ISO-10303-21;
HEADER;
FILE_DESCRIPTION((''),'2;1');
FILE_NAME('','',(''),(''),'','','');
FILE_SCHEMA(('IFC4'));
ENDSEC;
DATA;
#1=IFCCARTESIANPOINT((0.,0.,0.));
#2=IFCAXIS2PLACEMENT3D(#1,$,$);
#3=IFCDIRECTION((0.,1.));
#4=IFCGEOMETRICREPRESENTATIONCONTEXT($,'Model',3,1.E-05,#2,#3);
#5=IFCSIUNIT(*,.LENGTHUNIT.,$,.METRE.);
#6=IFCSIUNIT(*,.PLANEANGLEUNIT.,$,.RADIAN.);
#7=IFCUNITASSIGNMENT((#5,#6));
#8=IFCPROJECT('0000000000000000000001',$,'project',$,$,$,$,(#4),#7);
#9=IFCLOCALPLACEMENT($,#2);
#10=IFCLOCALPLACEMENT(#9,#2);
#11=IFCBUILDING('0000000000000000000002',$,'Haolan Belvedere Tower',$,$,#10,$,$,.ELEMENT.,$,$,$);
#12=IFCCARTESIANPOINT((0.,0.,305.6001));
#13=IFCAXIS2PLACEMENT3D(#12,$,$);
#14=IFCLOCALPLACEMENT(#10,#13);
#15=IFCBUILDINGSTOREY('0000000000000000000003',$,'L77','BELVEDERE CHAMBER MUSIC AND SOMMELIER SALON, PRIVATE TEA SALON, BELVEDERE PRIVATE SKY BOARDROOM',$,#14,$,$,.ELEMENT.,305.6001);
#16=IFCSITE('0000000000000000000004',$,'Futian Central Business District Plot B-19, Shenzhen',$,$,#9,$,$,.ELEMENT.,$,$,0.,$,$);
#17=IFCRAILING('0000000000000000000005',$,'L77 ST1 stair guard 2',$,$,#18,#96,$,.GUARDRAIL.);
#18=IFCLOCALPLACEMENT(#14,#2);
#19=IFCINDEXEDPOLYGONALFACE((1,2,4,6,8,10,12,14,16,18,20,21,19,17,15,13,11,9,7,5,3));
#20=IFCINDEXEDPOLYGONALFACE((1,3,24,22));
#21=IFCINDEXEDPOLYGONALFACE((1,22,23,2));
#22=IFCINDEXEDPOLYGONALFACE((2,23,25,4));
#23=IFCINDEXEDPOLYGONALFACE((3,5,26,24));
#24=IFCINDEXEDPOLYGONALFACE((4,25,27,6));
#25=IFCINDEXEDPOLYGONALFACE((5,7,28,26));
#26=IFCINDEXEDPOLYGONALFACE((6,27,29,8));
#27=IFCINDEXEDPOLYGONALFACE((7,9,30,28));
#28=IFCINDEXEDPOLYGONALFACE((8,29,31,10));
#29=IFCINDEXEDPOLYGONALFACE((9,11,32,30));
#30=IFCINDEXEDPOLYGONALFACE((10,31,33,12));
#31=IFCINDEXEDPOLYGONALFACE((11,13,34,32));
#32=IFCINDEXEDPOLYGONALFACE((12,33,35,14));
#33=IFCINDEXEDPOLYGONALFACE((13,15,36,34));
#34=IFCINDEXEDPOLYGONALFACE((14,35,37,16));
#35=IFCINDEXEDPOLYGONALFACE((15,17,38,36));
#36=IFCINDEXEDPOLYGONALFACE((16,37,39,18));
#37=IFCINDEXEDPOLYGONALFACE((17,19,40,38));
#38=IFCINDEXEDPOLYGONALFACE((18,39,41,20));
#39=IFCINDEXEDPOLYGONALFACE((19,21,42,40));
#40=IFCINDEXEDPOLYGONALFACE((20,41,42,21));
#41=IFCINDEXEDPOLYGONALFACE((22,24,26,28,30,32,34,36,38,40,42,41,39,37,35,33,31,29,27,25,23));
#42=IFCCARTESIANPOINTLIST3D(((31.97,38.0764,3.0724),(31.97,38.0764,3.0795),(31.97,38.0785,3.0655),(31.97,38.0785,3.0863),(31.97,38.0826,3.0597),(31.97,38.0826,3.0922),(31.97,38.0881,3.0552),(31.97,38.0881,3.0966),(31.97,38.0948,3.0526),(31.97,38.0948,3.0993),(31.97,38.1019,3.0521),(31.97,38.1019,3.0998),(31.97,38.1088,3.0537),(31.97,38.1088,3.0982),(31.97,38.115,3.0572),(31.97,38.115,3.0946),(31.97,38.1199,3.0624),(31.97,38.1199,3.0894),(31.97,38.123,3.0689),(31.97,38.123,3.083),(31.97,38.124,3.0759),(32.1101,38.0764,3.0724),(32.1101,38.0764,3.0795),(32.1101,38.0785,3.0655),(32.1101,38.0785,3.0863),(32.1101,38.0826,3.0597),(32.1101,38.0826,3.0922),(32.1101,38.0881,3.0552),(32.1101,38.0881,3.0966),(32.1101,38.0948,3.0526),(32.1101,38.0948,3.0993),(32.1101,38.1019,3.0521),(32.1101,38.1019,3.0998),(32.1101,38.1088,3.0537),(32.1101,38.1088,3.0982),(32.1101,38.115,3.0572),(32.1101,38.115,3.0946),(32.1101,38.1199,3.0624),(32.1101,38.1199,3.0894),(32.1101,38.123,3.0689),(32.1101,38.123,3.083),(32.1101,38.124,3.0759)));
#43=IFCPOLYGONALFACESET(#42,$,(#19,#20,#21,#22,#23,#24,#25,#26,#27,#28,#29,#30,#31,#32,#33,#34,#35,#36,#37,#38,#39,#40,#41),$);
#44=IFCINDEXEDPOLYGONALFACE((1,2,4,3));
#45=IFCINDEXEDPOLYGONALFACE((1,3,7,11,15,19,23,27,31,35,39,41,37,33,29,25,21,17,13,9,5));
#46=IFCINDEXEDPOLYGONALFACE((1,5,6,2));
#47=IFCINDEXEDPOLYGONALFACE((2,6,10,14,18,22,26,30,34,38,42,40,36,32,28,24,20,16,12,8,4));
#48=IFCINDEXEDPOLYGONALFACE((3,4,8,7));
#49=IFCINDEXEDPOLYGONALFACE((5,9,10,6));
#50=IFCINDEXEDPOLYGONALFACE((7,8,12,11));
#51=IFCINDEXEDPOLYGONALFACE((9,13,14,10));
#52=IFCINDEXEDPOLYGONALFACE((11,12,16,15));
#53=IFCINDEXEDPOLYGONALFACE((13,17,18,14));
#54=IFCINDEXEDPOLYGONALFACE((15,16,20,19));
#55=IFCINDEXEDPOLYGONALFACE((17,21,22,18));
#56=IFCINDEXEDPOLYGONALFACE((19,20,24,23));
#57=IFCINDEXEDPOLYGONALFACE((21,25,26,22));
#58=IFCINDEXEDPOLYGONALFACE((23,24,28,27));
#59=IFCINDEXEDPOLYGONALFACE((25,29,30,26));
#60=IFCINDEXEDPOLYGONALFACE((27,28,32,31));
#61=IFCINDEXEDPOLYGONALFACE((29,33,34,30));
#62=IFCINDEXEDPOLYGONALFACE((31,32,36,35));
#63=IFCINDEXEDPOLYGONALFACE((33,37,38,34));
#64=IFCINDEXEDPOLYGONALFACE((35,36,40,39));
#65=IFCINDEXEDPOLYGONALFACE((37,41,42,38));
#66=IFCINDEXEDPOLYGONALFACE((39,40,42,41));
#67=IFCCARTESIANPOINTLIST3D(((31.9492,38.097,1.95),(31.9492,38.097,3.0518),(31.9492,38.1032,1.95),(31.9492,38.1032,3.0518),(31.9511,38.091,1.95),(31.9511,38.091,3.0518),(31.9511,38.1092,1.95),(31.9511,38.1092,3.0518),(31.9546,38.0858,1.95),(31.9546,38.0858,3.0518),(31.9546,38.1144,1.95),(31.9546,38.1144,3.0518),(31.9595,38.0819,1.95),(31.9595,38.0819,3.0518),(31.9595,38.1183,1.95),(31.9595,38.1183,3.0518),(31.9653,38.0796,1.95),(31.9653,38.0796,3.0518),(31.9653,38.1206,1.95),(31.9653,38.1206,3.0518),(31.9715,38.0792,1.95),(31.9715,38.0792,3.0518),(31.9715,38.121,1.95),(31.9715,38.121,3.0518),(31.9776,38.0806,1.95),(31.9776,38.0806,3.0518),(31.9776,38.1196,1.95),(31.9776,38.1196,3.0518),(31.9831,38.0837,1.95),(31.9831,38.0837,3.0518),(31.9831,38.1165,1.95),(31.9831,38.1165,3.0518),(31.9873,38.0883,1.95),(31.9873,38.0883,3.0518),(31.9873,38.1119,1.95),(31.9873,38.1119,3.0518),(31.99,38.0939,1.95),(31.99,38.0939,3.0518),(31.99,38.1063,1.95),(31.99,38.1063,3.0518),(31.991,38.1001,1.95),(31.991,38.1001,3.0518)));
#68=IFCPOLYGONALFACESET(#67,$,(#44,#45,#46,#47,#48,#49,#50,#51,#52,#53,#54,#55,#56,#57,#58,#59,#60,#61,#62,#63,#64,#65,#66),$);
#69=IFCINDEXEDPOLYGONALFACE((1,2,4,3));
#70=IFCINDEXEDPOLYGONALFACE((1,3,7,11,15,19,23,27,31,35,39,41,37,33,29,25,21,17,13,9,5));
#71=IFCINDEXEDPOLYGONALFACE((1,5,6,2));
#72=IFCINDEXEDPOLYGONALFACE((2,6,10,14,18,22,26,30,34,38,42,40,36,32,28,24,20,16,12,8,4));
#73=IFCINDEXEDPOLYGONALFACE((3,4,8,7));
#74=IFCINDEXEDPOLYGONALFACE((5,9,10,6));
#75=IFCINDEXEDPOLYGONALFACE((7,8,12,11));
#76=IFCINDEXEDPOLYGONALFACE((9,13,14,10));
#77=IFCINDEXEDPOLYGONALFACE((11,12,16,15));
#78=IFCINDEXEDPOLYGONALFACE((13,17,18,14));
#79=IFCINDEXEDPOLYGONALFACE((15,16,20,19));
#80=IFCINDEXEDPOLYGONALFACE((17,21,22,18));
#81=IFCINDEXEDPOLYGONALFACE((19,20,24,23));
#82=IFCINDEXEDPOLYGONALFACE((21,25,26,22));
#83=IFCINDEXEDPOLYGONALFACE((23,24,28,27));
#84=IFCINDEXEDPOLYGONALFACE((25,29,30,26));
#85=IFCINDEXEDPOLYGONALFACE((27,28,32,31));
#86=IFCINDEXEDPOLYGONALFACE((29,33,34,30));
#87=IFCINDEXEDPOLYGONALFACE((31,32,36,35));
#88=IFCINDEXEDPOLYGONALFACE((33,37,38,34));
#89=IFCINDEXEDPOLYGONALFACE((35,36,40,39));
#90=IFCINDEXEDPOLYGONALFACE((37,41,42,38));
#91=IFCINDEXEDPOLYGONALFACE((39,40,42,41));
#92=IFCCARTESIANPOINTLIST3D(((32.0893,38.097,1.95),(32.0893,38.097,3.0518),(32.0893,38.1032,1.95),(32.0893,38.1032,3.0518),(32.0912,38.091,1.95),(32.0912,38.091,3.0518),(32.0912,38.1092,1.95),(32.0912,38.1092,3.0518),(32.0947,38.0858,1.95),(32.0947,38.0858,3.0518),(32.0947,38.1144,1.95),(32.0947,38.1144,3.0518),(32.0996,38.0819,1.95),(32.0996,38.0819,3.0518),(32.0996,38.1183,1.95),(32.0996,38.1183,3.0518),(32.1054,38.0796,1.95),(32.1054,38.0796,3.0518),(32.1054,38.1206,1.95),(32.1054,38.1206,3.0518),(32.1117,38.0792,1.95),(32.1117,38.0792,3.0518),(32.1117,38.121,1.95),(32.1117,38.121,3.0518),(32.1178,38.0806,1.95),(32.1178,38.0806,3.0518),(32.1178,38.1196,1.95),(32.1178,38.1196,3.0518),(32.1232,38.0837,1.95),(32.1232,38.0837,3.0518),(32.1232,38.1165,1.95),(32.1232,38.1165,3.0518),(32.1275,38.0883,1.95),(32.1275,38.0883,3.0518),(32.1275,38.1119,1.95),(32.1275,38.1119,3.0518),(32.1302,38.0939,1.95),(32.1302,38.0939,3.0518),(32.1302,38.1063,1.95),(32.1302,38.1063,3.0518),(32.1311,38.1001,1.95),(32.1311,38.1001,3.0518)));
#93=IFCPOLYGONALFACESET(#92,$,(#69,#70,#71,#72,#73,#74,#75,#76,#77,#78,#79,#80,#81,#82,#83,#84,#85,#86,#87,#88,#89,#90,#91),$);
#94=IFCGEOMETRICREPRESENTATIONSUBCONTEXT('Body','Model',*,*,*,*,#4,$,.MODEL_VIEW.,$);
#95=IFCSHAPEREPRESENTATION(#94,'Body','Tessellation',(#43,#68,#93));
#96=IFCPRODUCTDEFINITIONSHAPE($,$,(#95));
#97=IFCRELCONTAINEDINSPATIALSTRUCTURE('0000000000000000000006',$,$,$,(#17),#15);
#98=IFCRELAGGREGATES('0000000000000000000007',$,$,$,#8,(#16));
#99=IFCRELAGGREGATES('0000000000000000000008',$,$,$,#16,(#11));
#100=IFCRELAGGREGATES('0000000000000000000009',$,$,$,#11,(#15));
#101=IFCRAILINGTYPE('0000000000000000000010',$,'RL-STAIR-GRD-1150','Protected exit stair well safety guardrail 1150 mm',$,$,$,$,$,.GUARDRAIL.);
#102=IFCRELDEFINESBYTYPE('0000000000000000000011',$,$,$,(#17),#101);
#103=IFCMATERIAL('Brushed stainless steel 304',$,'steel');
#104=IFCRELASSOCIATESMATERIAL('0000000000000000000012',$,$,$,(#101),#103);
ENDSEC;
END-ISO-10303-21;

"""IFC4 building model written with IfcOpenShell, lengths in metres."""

from ifc_helpers import new_model, si_unit, direction, frame, origin, origin_2d, place, context, subcontext, project, spatial, circle, extrude, material, type_object, element, save


model = new_model("IFC4")

# Units and contexts
model_context = context("Model", 3, precision=1e-05, world=origin(), true_north=direction((0.0, 1.0)))
body_context = subcontext(model_context, "Body", "Model", "MODEL_VIEW")
ifc_project = project(units=[si_unit("LENGTHUNIT", "METRE"), si_unit("PLANEANGLEUNIT", "RADIAN")], contexts=[model_context])

# Site, building, storey
site_placement = place(None, origin())
site = spatial("IfcSite", under=ifc_project, at=site_placement, Name="Futian Central Business District Plot B-19, Shenzhen", CompositionType="ELEMENT", RefElevation=0.0)
building_placement = place(site_placement, origin())
building = spatial("IfcBuilding", under=site, at=building_placement, Name="Haolan Belvedere Tower", CompositionType="ELEMENT")
storey_placement = place(building_placement, frame((0.0, 0.0, 305.6001)))
storey = spatial("IfcBuildingStorey", under=building, at=storey_placement, Name="L77", Description="BELVEDERE CHAMBER MUSIC AND SOMMELIER SALON, PRIVATE TEA SALON, BELVEDERE PRIVATE SKY BOARDROOM", CompositionType="ELEMENT", Elevation=305.6001)

# Railing
ifc_material_1 = material(Name="Brushed stainless steel 304", Category="steel")
railing_type_1 = type_object("IfcRailingType", Name="RL-STAIR-GRD-1150", Description="Protected exit stair well safety guardrail 1150 mm", PredefinedType="GUARDRAIL", material=ifc_material_1)
railing_1_placement = place(storey_placement, frame((31.97, 38.1001, 1.95)))
element("IfcRailing", 1, at=railing_1_placement, inside=storey, type_object=railing_type_1, Name="L77 ST1 stair guard 2", PredefinedType="GUARDRAIL", context=body_context, shape_type="SweptSolid", body=[
    extrude(circle(Radius=0.0239, at=origin_2d()), frame((0.0, 0.0, 1.126), z_axis=(1.0, 0.0, 0.0), x_axis=(0.0, 1.0, 0.0)), (0.0, 0.0, 1.0), 0.1401),
    extrude(circle(Radius=0.021, at=origin_2d()), origin(), (0.0, 0.0, 1.0), 1.1018),
    extrude(circle(Radius=0.021, at=origin_2d()), frame((0.1401, 0.0, 0.0)), (0.0, 0.0, 1.0), 1.1018),
])

save(model, "model.ifc")
